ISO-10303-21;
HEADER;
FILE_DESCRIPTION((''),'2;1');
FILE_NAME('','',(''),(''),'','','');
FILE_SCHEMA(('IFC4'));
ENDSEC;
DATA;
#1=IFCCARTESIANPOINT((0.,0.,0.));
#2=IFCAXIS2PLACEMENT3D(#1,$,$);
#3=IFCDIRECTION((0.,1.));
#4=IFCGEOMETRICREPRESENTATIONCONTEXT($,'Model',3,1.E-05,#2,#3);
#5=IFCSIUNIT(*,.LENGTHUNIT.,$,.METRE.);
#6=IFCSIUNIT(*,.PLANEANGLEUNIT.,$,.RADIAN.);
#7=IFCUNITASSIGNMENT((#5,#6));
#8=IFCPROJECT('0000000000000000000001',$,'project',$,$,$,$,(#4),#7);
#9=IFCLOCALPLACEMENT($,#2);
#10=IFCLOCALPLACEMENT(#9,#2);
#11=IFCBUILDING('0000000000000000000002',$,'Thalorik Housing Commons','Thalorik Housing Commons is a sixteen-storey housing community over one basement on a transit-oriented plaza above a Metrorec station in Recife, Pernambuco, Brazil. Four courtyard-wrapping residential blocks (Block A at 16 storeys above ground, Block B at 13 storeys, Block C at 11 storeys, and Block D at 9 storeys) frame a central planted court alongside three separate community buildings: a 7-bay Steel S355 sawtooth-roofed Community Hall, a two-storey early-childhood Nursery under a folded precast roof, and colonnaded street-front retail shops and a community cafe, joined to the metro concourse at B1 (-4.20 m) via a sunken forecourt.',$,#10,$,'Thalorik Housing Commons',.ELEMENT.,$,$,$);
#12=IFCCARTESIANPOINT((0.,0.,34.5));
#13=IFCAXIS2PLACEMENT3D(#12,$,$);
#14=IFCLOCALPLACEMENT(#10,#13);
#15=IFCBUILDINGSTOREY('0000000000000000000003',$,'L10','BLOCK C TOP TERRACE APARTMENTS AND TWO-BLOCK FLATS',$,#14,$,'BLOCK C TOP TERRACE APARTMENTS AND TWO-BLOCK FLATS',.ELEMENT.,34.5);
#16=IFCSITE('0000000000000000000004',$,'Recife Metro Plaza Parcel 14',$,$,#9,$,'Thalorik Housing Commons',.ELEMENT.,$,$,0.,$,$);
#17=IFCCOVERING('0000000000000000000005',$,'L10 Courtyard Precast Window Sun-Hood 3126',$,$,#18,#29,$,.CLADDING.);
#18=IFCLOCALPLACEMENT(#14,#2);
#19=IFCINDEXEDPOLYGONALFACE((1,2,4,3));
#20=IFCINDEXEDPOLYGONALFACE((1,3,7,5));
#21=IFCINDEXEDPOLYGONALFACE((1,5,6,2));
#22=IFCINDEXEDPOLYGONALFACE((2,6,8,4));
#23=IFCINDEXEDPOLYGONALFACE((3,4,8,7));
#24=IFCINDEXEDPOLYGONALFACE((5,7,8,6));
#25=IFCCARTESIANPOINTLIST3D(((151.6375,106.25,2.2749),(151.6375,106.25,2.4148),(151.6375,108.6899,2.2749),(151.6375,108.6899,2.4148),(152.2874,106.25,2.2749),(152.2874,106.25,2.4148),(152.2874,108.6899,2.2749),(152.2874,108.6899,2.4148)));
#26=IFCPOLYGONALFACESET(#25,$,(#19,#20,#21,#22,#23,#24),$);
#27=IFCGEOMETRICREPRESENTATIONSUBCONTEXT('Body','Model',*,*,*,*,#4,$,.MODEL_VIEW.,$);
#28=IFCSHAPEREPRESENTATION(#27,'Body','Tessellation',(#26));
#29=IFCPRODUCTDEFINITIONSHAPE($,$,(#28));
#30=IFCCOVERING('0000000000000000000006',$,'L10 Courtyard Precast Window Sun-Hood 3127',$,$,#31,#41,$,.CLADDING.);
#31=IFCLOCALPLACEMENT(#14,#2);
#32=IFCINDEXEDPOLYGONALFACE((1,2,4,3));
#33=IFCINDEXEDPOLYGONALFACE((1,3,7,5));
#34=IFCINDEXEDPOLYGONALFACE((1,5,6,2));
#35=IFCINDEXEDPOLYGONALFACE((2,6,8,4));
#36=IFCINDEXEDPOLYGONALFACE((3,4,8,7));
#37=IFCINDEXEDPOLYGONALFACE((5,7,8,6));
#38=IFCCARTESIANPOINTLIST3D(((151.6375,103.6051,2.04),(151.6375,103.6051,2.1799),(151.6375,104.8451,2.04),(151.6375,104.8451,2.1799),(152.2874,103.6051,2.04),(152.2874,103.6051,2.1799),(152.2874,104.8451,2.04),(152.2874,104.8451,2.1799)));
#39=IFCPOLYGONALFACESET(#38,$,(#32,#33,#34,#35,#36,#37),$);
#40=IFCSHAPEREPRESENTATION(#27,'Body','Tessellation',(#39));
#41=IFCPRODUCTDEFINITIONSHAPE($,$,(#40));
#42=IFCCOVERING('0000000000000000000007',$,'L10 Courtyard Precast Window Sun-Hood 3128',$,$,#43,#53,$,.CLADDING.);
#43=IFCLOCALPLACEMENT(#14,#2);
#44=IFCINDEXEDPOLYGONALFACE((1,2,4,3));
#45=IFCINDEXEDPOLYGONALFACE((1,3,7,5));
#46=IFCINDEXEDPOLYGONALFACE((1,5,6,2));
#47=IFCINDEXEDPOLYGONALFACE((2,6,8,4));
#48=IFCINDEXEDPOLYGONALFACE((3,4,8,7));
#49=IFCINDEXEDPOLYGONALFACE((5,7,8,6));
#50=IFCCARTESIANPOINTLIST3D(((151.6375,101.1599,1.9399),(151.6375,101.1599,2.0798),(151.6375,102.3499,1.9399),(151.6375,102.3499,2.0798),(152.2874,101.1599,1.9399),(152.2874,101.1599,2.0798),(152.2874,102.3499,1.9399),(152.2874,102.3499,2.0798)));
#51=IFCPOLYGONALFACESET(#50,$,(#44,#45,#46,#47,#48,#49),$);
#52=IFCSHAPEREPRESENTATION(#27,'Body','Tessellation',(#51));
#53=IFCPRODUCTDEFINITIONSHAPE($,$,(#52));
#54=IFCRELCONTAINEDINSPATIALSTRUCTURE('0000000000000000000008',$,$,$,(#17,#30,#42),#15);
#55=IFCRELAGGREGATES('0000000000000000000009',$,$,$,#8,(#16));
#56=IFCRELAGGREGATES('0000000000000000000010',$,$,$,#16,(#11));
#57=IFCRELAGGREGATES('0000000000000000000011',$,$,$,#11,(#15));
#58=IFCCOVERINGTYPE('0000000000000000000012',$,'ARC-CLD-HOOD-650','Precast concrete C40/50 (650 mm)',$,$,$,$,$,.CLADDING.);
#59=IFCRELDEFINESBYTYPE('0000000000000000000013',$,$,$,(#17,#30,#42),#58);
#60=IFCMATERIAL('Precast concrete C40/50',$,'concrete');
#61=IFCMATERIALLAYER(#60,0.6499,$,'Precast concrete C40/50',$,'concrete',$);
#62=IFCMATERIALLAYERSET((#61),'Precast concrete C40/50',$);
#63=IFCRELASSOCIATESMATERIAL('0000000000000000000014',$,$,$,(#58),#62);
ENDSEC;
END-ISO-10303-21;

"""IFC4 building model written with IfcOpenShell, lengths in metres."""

from ifc_helpers import new_model, si_unit, direction, frame, origin, origin_2d, place, context, subcontext, project, spatial, rectangle, extrude, material, layer, layer_set, type_object, element, save


model = new_model("IFC4")

# Units and contexts
model_context = context("Model", 3, precision=1e-05, world=origin(), true_north=direction((0.0, 1.0)))
body_context = subcontext(model_context, "Body", "Model", "MODEL_VIEW")
ifc_project = project(units=[si_unit("LENGTHUNIT", "METRE"), si_unit("PLANEANGLEUNIT", "RADIAN")], contexts=[model_context])

# Site, building, storey
site_placement = place(None, origin())
site = spatial("IfcSite", under=ifc_project, at=site_placement, Name="Recife Metro Plaza Parcel 14", LongName="Thalorik Housing Commons", CompositionType="ELEMENT", RefElevation=0.0)
building_placement = place(site_placement, origin())
building = spatial("IfcBuilding", under=site, at=building_placement, Name="Thalorik Housing Commons", Description="Thalorik Housing Commons is a sixteen-storey housing community over one basement on a transit-oriented plaza above a Metrorec station in Recife, Pernambuco, Brazil. Four courtyard-wrapping residential blocks (Block A at 16 storeys above ground, Block B at 13 storeys, Block C at 11 storeys, and Block D at 9 storeys) frame a central planted court alongside three separate community buildings: a 7-bay Steel S355 sawtooth-roofed Community Hall, a two-storey early-childhood Nursery under a folded precast roof, and colonnaded street-front retail shops and a community cafe, joined to the metro concourse at B1 (-4.20 m) via a sunken forecourt.", LongName="Thalorik Housing Commons", CompositionType="ELEMENT")
storey_placement = place(building_placement, frame((0.0, 0.0, 34.5)))
storey = spatial("IfcBuildingStorey", under=building, at=storey_placement, Name="L10", Description="BLOCK C TOP TERRACE APARTMENTS AND TWO-BLOCK FLATS", LongName="BLOCK C TOP TERRACE APARTMENTS AND TWO-BLOCK FLATS", CompositionType="ELEMENT", Elevation=34.5)

# Coverings
ifc_material_1 = material(Name="Precast concrete C40/50", Category="concrete")
ifc_layer_1 = layer(ifc_material_1, 0.6499, Name="Precast concrete C40/50", Category="concrete")
ifc_layer_set_1 = layer_set([ifc_layer_1], Name="Precast concrete C40/50")
covering_type_1 = type_object("IfcCoveringType", Name="ARC-CLD-HOOD-650", Description="Precast concrete C40/50 (650 mm)", PredefinedType="CLADDING", material=ifc_layer_set_1)
covering_1_placement = place(storey_placement, frame((151.9624, 107.47, 2.2749), z_axis=(0.0, 0.0, 1.0), x_axis=(0.0, -1.0, 0.0)))
element("IfcCovering", 1, at=covering_1_placement, inside=storey, type_object=covering_type_1, Name="L10 Courtyard Precast Window Sun-Hood 3126", PredefinedType="CLADDING", context=body_context, shape_type="SweptSolid", body=[
    extrude(rectangle(XDim=2.4399, YDim=0.6499, at=origin_2d()), origin(), (0.0, 0.0, 1.0), 0.1399),
])
covering_2_placement = place(storey_placement, frame((151.9624, 104.2251, 2.04), z_axis=(0.0, 0.0, 1.0), x_axis=(0.0, -1.0, 0.0)))
element("IfcCovering", 2, at=covering_2_placement, inside=storey, type_object=covering_type_1, Name="L10 Courtyard Precast Window Sun-Hood 3127", PredefinedType="CLADDING", context=body_context, shape_type="SweptSolid", body=[
    extrude(rectangle(XDim=1.24, YDim=0.6499, at=origin_2d()), origin(), (0.0, 0.0, 1.0), 0.1399),
])
covering_3_placement = place(storey_placement, frame((151.9624, 101.7549, 1.9399), z_axis=(0.0, 0.0, 1.0), x_axis=(0.0, -1.0, 0.0)))
element("IfcCovering", 3, at=covering_3_placement, inside=storey, type_object=covering_type_1, Name="L10 Courtyard Precast Window Sun-Hood 3128", PredefinedType="CLADDING", context=body_context, shape_type="SweptSolid", body=[
    extrude(rectangle(XDim=1.1899, YDim=0.6499, at=origin_2d()), origin(), (0.0, 0.0, 1.0), 0.1399),
])

save(model, "model.ifc")
